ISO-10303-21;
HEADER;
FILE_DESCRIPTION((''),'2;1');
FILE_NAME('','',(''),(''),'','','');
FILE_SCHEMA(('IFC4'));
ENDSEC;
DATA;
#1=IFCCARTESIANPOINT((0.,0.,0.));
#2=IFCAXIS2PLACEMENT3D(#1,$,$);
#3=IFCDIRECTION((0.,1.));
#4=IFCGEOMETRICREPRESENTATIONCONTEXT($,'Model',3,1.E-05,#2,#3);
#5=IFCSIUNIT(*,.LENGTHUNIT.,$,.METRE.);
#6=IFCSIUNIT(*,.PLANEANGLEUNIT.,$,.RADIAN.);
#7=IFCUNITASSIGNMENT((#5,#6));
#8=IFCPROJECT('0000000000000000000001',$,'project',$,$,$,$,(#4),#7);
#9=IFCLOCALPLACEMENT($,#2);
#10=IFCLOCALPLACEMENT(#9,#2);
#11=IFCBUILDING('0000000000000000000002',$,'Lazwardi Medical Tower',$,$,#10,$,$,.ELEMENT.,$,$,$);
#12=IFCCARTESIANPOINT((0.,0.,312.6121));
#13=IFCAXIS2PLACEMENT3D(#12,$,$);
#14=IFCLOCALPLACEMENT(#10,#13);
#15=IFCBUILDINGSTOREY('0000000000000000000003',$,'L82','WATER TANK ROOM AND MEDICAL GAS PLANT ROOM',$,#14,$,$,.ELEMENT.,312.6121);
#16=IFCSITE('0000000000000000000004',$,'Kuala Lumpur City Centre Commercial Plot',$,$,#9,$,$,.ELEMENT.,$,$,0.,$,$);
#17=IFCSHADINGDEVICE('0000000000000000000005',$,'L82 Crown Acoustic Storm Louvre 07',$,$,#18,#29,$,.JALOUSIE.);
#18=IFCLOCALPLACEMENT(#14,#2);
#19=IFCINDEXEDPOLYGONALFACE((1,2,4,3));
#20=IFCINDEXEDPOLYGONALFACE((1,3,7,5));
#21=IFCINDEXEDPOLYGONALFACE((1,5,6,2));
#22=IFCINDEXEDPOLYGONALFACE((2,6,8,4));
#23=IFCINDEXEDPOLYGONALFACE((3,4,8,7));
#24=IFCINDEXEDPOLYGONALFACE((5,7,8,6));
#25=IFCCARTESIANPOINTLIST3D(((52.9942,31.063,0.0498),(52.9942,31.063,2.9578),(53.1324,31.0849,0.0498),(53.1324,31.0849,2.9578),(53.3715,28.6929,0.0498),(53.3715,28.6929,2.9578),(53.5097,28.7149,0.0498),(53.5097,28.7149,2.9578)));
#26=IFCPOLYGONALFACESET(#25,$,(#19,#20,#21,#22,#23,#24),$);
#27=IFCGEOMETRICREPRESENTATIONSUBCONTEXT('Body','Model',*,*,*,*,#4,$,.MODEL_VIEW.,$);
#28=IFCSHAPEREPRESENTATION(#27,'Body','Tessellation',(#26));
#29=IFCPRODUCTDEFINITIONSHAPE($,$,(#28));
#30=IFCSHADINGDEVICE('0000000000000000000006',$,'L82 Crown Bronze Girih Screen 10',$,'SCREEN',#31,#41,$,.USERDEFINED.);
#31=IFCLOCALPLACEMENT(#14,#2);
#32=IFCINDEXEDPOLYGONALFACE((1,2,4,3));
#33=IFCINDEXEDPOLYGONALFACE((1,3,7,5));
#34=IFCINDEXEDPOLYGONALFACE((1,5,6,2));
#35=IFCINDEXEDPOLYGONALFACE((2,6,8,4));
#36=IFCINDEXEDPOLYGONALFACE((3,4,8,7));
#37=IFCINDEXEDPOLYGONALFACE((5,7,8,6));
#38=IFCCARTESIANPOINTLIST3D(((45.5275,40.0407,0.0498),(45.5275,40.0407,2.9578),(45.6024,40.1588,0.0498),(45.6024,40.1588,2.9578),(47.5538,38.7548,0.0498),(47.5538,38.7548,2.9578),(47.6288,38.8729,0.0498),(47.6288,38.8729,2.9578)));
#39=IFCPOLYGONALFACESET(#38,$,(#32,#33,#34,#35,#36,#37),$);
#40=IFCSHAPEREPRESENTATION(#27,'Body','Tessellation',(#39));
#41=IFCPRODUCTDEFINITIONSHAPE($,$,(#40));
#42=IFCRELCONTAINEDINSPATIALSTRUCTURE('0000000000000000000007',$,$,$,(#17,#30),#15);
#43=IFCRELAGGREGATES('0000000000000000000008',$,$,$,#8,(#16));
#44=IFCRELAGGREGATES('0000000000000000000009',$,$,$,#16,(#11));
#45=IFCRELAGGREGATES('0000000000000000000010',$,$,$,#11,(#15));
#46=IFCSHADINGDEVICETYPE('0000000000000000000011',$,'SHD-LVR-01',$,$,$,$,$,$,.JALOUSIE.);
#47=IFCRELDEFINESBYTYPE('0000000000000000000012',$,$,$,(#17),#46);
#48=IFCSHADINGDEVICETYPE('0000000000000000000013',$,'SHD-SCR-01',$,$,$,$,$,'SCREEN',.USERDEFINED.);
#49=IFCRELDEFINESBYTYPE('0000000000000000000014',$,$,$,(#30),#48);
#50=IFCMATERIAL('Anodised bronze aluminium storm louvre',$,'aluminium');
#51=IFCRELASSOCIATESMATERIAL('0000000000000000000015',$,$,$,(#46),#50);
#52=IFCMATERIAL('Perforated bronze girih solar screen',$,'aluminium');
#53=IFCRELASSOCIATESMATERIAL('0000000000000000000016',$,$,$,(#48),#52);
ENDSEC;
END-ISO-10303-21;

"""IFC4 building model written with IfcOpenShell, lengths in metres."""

from ifc_helpers import new_model, si_unit, direction, frame, origin, origin_2d, place, context, subcontext, project, spatial, rectangle, extrude, material, type_object, element, save


model = new_model("IFC4")

# Units and contexts
model_context = context("Model", 3, precision=1e-05, world=origin(), true_north=direction((0.0, 1.0)))
body_context = subcontext(model_context, "Body", "Model", "MODEL_VIEW")
ifc_project = project(units=[si_unit("LENGTHUNIT", "METRE"), si_unit("PLANEANGLEUNIT", "RADIAN")], contexts=[model_context])

# Site, building, storey
site_placement = place(None, origin())
site = spatial("IfcSite", under=ifc_project, at=site_placement, Name="Kuala Lumpur City Centre Commercial Plot", CompositionType="ELEMENT", RefElevation=0.0)
building_placement = place(site_placement, origin())
building = spatial("IfcBuilding", under=site, at=building_placement, Name="Lazwardi Medical Tower", CompositionType="ELEMENT")
storey_placement = place(building_placement, frame((0.0, 0.0, 312.6121)))
storey = spatial("IfcBuildingStorey", under=building, at=storey_placement, Name="L82", Description="WATER TANK ROOM AND MEDICAL GAS PLANT ROOM", CompositionType="ELEMENT", Elevation=312.6121)

# Shading devices
ifc_material_1 = material(Name="Anodised bronze aluminium storm louvre", Category="aluminium")
shading_device_type_1 = type_object("IfcShadingDeviceType", Name="SHD-LVR-01", PredefinedType="JALOUSIE", material=ifc_material_1)
shading_device_1_placement = place(storey_placement, frame((53.252, 29.8889, 0.0498), z_axis=(0.0, 0.0, 1.0), x_axis=(-0.157202, 0.987567, 0.0)))
element("IfcShadingDevice", 1, at=shading_device_1_placement, inside=storey, type_object=shading_device_type_1, Name="L82 Crown Acoustic Storm Louvre 07", PredefinedType="JALOUSIE", context=body_context, shape_type="SweptSolid", body=[
    extrude(rectangle(XDim=2.3999, YDim=0.1399, at=origin_2d()), origin(), (0.0, 0.0, 1.0), 2.908),
])
ifc_material_2 = material(Name="Perforated bronze girih solar screen", Category="aluminium")
shading_device_type_2 = type_object("IfcShadingDeviceType", Name="SHD-SCR-01", ElementType="SCREEN", PredefinedType="USERDEFINED", material=ifc_material_2)
shading_device_2_placement = place(storey_placement, frame((46.5781, 39.4568, 0.0498), z_axis=(0.0, 0.0, 1.0), x_axis=(-0.844343, 0.535803, 0.0)))
element("IfcShadingDevice", 2, at=shading_device_2_placement, inside=storey, type_object=shading_device_type_2, Name="L82 Crown Bronze Girih Screen 10", ObjectType="SCREEN", PredefinedType="USERDEFINED", context=body_context, shape_type="SweptSolid", body=[
    extrude(rectangle(XDim=2.3999, YDim=0.1399, at=origin_2d()), origin(), (0.0, 0.0, 1.0), 2.908),
])

save(model, "model.ifc")
